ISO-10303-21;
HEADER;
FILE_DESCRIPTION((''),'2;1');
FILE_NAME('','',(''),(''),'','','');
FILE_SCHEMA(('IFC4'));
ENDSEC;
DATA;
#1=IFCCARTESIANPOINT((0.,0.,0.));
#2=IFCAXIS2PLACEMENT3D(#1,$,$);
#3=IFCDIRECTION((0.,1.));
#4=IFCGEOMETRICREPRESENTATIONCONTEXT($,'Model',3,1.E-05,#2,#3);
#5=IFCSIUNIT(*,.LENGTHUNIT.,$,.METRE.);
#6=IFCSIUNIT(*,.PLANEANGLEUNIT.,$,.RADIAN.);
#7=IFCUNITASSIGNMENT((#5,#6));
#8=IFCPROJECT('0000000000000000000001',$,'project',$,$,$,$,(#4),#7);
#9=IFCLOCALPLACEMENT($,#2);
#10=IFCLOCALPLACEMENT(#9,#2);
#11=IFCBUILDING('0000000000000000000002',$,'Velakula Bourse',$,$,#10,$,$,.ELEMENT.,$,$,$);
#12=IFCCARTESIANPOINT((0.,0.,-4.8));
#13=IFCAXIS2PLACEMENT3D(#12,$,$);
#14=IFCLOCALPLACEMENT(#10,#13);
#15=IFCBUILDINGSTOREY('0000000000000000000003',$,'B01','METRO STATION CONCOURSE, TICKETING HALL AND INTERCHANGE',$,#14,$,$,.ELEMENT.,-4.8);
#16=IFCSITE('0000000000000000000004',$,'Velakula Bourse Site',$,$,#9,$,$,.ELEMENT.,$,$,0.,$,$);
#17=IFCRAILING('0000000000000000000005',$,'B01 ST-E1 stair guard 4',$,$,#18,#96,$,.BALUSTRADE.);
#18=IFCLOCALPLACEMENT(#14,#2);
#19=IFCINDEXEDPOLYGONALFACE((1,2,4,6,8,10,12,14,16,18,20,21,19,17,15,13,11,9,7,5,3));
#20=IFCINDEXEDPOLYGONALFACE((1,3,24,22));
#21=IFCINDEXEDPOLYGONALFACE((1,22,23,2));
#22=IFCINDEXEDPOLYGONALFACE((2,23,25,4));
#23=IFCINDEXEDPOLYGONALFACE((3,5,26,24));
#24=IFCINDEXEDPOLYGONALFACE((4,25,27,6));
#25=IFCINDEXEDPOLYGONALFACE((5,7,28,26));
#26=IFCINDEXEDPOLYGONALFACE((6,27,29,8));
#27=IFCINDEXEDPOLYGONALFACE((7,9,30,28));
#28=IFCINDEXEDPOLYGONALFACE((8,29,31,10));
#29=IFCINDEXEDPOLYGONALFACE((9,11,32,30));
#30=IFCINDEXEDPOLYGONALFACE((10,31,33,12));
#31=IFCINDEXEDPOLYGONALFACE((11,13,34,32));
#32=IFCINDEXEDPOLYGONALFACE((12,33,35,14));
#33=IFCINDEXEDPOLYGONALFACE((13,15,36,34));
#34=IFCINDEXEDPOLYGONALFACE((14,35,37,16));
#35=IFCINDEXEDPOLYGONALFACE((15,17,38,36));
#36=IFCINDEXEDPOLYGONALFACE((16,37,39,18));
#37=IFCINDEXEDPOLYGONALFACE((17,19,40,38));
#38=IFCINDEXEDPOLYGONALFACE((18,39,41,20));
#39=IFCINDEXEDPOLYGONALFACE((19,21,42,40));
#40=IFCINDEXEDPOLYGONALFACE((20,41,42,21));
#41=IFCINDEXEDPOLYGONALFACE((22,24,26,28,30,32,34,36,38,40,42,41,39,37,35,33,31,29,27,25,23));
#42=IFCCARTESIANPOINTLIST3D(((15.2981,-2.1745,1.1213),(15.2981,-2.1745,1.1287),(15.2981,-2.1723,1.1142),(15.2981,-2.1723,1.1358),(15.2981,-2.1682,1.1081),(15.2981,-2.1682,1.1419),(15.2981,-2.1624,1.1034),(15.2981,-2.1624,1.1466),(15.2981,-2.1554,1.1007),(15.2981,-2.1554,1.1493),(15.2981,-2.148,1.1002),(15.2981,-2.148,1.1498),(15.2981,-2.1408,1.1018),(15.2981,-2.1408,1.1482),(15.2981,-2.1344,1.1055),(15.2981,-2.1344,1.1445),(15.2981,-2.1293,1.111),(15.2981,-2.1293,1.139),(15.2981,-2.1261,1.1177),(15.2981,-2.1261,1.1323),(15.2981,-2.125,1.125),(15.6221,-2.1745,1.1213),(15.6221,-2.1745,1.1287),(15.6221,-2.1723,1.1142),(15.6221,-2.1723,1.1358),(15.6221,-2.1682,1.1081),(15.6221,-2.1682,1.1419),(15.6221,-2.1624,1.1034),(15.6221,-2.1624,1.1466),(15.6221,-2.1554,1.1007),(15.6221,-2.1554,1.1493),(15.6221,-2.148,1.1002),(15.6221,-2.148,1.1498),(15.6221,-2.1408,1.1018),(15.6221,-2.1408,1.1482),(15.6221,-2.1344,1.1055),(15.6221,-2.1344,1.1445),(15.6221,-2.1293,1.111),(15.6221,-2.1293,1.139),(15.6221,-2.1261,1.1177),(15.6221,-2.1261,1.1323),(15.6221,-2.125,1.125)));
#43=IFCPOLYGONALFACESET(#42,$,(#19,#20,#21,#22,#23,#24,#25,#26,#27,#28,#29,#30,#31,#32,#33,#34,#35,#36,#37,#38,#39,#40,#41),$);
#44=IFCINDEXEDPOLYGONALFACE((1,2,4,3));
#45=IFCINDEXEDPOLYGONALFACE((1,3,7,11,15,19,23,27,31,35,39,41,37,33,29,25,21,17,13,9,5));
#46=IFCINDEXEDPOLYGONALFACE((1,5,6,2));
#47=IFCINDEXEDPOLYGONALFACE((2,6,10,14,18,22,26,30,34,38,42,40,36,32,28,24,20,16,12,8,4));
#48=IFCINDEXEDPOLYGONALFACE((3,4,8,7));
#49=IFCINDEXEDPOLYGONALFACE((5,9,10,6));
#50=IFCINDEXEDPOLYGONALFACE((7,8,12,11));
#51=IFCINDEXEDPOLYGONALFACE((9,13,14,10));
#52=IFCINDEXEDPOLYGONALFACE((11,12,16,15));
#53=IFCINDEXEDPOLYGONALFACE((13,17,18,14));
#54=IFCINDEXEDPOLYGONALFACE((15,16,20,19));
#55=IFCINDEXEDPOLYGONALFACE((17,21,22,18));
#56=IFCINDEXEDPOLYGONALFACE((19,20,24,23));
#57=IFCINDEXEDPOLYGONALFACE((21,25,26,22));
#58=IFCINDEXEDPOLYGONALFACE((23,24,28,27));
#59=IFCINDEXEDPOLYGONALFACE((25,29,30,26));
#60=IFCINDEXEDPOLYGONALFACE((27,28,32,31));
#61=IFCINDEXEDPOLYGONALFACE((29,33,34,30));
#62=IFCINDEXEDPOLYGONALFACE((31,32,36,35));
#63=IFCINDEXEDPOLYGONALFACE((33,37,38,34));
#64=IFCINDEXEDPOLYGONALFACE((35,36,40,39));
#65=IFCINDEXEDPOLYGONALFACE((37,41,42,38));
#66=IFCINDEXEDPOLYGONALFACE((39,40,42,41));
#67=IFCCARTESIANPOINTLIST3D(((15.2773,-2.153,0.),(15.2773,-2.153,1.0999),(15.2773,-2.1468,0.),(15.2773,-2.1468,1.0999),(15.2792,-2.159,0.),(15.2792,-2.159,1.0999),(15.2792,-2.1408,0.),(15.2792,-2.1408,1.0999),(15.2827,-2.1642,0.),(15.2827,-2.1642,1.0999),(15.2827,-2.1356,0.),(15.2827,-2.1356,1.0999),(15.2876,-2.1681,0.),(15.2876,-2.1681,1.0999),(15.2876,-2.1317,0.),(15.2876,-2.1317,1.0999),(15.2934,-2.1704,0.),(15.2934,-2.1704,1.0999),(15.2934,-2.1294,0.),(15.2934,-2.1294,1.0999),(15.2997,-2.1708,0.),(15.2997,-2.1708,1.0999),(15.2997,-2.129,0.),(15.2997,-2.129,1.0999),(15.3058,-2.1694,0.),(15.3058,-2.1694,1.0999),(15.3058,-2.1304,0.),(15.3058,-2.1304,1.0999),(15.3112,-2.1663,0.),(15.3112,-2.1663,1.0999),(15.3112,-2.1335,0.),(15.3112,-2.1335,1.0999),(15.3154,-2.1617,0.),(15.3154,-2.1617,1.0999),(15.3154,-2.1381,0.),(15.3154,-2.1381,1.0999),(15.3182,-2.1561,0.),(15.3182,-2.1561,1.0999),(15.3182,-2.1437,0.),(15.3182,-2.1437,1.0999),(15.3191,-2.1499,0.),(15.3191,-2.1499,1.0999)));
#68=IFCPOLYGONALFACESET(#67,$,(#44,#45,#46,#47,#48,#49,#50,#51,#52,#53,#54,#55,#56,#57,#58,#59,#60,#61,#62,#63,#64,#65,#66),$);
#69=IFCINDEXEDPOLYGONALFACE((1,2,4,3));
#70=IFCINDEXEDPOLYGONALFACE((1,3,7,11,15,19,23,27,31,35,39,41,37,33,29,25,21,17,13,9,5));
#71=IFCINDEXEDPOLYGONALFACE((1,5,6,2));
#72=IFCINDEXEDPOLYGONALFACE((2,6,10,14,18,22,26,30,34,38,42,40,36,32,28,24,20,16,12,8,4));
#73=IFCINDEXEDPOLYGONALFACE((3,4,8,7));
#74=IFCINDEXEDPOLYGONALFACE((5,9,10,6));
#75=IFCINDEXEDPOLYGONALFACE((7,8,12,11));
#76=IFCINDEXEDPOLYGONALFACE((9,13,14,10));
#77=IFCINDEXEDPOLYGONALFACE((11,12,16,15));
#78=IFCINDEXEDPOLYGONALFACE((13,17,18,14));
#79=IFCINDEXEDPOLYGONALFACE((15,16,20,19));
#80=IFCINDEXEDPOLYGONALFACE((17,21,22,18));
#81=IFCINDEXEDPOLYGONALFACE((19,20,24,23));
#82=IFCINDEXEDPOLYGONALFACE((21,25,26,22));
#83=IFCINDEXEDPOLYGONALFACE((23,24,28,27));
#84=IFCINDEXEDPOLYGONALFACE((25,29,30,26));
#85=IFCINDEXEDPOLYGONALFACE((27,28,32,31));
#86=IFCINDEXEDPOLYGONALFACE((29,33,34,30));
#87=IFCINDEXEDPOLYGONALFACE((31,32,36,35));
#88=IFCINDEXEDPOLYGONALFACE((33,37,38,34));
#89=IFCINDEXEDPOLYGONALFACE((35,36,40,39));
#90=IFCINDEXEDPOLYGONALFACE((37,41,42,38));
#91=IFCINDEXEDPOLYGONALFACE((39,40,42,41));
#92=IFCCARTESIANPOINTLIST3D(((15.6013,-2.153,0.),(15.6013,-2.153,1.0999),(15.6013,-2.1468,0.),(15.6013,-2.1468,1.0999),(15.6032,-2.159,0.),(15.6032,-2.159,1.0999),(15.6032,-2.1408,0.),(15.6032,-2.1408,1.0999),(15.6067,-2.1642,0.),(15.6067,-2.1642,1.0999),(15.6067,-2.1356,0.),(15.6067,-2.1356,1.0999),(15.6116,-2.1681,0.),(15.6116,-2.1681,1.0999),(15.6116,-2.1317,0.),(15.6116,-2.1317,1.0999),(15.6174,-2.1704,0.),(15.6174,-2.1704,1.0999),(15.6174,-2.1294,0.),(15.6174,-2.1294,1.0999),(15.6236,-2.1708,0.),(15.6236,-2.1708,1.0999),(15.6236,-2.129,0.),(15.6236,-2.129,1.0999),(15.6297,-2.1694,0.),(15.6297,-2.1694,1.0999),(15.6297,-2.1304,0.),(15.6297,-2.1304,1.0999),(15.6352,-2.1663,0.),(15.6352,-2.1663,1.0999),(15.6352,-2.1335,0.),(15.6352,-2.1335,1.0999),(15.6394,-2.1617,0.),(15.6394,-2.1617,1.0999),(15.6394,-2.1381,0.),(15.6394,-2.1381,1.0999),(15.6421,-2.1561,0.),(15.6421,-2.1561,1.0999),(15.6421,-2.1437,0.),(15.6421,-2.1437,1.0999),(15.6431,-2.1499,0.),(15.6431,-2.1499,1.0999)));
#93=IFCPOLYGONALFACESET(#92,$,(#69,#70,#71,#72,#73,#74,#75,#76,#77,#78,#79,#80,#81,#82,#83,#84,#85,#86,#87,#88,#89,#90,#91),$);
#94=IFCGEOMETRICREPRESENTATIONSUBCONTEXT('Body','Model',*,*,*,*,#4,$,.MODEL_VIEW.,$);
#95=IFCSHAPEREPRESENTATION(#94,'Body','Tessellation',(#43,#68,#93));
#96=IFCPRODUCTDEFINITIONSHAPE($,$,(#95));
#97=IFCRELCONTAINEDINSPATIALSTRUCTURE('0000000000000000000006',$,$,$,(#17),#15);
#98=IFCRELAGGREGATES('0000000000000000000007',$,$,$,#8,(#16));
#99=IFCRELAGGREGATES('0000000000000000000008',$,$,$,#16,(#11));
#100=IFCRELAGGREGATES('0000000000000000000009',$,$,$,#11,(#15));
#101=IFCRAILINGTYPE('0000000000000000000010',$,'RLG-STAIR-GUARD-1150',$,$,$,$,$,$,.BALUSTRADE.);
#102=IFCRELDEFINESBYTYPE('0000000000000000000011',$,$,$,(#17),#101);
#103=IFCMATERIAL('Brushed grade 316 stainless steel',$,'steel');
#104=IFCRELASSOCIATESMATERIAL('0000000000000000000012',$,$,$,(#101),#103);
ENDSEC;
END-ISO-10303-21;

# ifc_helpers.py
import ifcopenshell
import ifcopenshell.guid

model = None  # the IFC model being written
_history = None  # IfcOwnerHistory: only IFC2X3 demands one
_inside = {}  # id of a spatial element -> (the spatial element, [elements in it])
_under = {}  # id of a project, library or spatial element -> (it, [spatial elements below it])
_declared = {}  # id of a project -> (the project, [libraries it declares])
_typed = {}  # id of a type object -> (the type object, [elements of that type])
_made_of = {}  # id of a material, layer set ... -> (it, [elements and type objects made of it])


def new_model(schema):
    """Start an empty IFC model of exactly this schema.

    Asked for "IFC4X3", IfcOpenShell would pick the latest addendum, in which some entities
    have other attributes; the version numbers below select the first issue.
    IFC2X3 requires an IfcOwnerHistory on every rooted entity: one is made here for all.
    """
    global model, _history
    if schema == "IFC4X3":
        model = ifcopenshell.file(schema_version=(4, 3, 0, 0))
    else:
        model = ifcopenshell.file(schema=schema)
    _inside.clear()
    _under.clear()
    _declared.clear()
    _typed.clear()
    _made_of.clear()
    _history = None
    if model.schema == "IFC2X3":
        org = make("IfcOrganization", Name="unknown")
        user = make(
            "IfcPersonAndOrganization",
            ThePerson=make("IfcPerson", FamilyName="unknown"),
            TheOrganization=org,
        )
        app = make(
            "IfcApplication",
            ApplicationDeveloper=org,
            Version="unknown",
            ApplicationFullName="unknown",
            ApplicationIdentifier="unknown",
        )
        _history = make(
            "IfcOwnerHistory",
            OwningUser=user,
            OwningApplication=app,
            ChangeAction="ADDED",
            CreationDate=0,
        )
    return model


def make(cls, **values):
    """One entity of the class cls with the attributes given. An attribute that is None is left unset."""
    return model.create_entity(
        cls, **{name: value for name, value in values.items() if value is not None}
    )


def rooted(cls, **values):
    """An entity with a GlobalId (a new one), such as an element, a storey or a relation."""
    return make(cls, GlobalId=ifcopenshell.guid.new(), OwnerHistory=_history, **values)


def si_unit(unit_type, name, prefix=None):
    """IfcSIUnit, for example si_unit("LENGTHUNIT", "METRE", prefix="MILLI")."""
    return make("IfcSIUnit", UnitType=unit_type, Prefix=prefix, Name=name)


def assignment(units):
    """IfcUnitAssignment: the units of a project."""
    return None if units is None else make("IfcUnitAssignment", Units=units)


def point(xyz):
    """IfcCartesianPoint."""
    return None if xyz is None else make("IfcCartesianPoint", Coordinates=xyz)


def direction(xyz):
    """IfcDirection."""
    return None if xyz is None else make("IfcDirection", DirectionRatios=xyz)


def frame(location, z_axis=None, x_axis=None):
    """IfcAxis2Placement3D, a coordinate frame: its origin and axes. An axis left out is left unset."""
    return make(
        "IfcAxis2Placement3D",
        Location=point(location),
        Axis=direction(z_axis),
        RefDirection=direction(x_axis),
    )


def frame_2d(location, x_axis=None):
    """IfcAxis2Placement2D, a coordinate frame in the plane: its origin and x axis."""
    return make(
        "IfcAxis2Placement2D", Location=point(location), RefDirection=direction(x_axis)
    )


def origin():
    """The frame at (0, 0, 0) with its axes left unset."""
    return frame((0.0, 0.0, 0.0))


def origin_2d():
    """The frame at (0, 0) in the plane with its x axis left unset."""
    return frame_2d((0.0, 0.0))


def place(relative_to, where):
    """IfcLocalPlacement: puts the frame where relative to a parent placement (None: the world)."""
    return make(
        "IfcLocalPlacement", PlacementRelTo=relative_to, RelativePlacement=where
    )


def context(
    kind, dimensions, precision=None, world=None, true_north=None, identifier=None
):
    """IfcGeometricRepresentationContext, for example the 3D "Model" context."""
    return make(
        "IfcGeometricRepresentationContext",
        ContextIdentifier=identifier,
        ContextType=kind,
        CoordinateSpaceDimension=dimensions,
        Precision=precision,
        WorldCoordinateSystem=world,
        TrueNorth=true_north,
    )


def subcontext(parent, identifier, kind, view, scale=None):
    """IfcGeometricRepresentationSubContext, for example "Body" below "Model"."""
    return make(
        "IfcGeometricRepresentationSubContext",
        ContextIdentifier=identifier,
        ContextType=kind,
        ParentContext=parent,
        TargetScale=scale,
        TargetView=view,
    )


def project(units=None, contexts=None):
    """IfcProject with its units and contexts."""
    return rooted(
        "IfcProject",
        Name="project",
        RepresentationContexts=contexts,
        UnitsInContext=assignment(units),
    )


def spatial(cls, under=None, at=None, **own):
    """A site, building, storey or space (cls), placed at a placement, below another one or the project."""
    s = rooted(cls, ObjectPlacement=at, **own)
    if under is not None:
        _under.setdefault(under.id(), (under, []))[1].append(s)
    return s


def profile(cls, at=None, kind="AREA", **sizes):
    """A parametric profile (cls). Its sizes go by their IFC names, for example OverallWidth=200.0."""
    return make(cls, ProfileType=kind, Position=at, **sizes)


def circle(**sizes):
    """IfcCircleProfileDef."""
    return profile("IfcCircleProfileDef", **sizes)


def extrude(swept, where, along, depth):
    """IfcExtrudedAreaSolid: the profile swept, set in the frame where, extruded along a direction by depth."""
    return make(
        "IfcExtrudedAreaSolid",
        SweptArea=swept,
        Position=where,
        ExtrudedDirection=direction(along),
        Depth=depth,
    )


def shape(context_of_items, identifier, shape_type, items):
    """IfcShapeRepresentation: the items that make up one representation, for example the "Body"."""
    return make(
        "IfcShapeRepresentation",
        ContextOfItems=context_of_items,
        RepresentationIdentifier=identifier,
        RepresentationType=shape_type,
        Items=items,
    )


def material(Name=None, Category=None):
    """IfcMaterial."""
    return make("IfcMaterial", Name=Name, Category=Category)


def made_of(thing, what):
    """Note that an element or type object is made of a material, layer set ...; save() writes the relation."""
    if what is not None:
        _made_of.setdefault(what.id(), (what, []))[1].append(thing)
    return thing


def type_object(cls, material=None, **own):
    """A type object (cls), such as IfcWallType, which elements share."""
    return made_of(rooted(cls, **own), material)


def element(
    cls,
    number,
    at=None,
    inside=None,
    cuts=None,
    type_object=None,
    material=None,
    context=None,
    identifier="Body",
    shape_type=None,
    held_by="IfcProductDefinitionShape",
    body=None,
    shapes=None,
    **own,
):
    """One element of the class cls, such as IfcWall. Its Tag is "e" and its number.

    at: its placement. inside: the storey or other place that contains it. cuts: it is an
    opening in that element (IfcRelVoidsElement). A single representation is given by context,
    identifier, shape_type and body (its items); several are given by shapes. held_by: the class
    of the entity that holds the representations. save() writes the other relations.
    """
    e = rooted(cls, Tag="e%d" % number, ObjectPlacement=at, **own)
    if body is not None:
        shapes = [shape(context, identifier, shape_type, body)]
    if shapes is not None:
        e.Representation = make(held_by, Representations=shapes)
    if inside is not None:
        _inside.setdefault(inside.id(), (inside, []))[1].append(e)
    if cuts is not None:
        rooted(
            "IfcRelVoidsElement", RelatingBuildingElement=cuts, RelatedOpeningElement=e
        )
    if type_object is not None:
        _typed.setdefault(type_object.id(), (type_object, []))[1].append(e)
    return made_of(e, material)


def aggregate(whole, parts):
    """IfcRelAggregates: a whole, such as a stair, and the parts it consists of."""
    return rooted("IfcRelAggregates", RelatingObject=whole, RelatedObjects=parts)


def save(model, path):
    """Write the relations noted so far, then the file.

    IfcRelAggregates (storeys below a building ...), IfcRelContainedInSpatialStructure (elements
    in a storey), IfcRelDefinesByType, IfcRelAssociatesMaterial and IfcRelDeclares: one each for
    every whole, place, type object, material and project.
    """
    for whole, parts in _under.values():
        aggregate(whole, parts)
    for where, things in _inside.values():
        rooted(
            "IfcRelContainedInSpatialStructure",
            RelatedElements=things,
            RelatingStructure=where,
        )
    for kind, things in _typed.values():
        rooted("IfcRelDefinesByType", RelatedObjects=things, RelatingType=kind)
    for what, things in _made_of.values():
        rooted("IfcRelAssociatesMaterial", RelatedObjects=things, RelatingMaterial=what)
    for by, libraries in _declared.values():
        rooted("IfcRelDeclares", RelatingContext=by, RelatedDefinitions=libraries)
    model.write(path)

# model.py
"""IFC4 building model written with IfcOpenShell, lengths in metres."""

from ifc_helpers import new_model, si_unit, direction, frame, origin, origin_2d, place, context, subcontext, project, spatial, circle, extrude, material, type_object, element, save


model = new_model("IFC4")

# Units and contexts
model_context = context("Model", 3, precision=1e-05, world=origin(), true_north=direction((0.0, 1.0)))
body_context = subcontext(model_context, "Body", "Model", "MODEL_VIEW")
ifc_project = project(units=[si_unit("LENGTHUNIT", "METRE"), si_unit("PLANEANGLEUNIT", "RADIAN")], contexts=[model_context])

# Site, building, storey
site_placement = place(None, origin())
site = spatial("IfcSite", under=ifc_project, at=site_placement, Name="Velakula Bourse Site", CompositionType="ELEMENT", RefElevation=0.0)
building_placement = place(site_placement, origin())
building = spatial("IfcBuilding", under=site, at=building_placement, Name="Velakula Bourse", CompositionType="ELEMENT")
storey_placement = place(building_placement, frame((0.0, 0.0, -4.8)))
storey = spatial("IfcBuildingStorey", under=building, at=storey_placement, Name="B01", Description="METRO STATION CONCOURSE, TICKETING HALL AND INTERCHANGE", CompositionType="ELEMENT", Elevation=-4.8)

# Shared definitions
ifc_material_1 = material(Name="Brushed grade 316 stainless steel", Category="steel")

# Railing
railing_type_1 = type_object("IfcRailingType", Name="RLG-STAIR-GUARD-1150", PredefinedType="BALUSTRADE", material=ifc_material_1)
railing_1_placement = place(storey_placement, frame((15.2981, -2.1499, 0.0)))
element("IfcRailing", 1, at=railing_1_placement, inside=storey, type_object=railing_type_1, Name="B01 ST-E1 stair guard 4", PredefinedType="BALUSTRADE", context=body_context, shape_type="SweptSolid", body=[
    extrude(circle(Radius=0.0249, at=origin_2d()), frame((0.0, 0.0, 1.125), z_axis=(1.0, 0.0, 0.0), x_axis=(0.0, 1.0, 0.0)), (0.0, 0.0, 1.0), 0.324),
    extrude(circle(Radius=0.021, at=origin_2d()), origin(), (0.0, 0.0, 1.0), 1.0999),
    extrude(circle(Radius=0.021, at=origin_2d()), frame((0.324, 0.0, 0.0)), (0.0, 0.0, 1.0), 1.0999),
])

save(model, "model.ifc")
